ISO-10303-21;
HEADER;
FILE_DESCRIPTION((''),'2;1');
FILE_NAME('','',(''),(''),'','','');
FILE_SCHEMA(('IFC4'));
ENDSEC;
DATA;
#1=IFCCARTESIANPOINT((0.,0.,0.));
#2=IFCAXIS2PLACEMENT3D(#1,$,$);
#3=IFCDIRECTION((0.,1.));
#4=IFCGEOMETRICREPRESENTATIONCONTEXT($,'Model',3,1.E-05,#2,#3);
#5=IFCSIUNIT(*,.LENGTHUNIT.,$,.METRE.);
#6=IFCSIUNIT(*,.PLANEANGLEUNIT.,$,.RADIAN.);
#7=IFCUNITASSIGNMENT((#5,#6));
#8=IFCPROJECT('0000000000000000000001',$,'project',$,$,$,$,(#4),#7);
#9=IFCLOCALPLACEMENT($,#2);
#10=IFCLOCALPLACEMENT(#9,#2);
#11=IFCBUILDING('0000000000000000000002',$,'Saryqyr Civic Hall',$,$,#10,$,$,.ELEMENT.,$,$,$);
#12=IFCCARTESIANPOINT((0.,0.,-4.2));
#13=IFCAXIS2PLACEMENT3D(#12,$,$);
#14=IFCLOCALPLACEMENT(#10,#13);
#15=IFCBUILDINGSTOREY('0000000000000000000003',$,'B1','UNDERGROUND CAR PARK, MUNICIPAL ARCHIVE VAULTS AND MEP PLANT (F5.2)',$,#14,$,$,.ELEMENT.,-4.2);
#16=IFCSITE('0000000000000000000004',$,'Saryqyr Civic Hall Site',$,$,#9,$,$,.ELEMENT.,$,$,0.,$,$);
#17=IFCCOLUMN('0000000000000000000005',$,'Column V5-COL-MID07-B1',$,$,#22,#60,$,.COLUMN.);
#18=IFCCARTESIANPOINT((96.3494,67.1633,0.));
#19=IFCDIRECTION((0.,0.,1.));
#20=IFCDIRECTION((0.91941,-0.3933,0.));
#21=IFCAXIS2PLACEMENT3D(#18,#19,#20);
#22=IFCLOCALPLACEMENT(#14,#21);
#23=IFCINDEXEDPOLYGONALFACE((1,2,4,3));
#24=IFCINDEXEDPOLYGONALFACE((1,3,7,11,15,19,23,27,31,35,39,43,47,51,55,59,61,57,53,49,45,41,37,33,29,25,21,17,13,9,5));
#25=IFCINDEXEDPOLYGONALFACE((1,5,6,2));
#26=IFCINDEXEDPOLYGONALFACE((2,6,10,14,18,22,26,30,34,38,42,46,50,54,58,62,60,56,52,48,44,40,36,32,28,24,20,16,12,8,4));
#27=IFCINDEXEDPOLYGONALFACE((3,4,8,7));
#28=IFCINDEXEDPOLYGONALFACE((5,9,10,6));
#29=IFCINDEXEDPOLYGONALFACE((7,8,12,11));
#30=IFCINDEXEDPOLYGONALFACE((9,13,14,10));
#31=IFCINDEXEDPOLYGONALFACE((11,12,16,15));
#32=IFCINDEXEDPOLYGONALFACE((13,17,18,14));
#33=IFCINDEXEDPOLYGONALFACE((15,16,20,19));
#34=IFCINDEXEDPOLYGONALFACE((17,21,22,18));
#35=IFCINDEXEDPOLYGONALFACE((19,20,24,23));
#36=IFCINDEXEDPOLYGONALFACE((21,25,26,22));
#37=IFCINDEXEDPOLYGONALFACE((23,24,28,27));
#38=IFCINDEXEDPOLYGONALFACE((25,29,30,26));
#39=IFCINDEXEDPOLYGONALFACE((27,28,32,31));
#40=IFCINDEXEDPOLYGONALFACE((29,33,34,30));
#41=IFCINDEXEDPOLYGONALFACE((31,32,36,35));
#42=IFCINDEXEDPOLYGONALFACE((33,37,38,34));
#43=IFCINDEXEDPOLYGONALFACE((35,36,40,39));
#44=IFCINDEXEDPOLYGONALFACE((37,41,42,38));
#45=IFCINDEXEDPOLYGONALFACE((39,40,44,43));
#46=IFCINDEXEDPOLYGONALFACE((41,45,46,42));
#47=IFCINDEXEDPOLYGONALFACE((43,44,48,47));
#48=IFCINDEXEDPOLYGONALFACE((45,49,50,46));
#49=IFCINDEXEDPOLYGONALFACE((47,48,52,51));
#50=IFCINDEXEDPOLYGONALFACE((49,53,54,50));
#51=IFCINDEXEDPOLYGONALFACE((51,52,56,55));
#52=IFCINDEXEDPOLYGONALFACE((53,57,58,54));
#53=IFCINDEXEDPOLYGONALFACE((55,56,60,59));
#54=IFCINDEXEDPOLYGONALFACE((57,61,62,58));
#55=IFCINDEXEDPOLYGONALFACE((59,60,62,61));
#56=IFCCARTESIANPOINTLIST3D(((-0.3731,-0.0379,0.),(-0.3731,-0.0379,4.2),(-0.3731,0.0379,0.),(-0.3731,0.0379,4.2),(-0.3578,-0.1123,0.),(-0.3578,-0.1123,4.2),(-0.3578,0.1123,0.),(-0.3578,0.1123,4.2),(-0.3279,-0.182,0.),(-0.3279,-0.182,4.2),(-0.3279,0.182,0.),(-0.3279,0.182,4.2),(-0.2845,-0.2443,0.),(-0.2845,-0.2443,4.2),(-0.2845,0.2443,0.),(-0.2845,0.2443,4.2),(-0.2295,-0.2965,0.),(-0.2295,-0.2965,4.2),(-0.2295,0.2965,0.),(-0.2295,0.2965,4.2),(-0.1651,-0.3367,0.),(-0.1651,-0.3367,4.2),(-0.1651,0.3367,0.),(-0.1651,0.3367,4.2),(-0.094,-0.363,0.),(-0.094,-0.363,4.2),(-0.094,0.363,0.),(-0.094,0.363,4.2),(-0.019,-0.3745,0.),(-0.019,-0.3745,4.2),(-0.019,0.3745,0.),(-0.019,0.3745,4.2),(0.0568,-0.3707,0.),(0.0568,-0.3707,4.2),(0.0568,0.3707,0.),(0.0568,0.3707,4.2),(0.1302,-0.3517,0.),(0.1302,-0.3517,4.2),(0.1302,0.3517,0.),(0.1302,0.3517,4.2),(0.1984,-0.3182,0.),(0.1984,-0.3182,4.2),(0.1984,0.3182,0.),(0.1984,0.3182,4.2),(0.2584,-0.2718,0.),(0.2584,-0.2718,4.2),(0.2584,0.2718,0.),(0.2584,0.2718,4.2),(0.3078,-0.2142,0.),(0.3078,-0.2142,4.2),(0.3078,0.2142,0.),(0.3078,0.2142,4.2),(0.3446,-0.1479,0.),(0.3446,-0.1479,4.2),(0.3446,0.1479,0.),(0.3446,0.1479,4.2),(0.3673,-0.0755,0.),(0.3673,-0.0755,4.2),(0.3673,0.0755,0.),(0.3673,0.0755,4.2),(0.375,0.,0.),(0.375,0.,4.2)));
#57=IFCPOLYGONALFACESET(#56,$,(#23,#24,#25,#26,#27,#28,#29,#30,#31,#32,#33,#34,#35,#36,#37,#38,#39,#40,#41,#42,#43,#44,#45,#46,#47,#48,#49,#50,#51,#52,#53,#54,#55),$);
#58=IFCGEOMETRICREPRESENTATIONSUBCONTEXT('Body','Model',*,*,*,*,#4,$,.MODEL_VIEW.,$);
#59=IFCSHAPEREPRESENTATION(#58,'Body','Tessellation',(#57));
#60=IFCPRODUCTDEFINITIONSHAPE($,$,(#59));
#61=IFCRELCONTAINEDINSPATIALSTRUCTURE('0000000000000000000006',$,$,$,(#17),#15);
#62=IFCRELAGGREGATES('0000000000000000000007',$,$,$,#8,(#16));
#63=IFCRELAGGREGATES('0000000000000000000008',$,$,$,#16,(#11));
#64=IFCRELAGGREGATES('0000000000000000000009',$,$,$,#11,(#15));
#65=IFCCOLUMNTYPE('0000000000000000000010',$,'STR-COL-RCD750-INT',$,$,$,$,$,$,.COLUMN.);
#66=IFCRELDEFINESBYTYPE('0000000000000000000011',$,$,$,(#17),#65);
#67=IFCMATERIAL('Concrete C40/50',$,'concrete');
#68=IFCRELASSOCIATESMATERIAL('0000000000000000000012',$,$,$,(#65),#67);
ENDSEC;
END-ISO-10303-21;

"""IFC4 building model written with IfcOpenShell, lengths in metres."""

from ifc_helpers import new_model, si_unit, direction, frame, origin, origin_2d, place, context, subcontext, project, spatial, circle, extrude, material, material_profile, profile_set, type_object, element, save


model = new_model("IFC4")

# Units and contexts
model_context = context("Model", 3, precision=1e-05, world=origin(), true_north=direction((0.0, 1.0)))
body_context = subcontext(model_context, "Body", "Model", "MODEL_VIEW")
ifc_project = project(units=[si_unit("LENGTHUNIT", "METRE"), si_unit("PLANEANGLEUNIT", "RADIAN")], contexts=[model_context])

# Site, building, storey
site_placement = place(None, origin())
site = spatial("IfcSite", under=ifc_project, at=site_placement, Name="Saryqyr Civic Hall Site", CompositionType="ELEMENT", RefElevation=0.0)
building_placement = place(site_placement, origin())
building = spatial("IfcBuilding", under=site, at=building_placement, Name="Saryqyr Civic Hall", CompositionType="ELEMENT")
storey_placement = place(building_placement, frame((0.0, 0.0, -4.2)))
storey = spatial("IfcBuildingStorey", under=building, at=storey_placement, Name="B1", Description="UNDERGROUND CAR PARK, MUNICIPAL ARCHIVE VAULTS AND MEP PLANT (F5.2)", CompositionType="ELEMENT", Elevation=-4.2)

# Column
ifc_material_1 = material(Name="Concrete C40/50", Category="concrete")
ifc_material_profile_1 = material_profile(ifc_material_1, circle(Radius=0.375, at=origin_2d()), Name="RC D750")
ifc_profile_set_1 = profile_set([ifc_material_profile_1], Name="Concrete C40/50")
column_type_1 = type_object("IfcColumnType", Name="STR-COL-RCD750-INT", PredefinedType="COLUMN", material=ifc_profile_set_1)
column_placement = place(storey_placement, frame((96.3494, 67.1633, 0.0), z_axis=(0.0, 0.0, 1.0), x_axis=(0.91941, -0.3933, 0.0)))
element("IfcColumn", 1, at=column_placement, inside=storey, type_object=column_type_1, Name="Column V5-COL-MID07-B1", PredefinedType="COLUMN", context=body_context, shape_type="SweptSolid", body=[
    extrude(circle(Radius=0.375, at=origin_2d()), origin(), (0.0, 0.0, 1.0), 4.2),
])

save(model, "model.ifc")
